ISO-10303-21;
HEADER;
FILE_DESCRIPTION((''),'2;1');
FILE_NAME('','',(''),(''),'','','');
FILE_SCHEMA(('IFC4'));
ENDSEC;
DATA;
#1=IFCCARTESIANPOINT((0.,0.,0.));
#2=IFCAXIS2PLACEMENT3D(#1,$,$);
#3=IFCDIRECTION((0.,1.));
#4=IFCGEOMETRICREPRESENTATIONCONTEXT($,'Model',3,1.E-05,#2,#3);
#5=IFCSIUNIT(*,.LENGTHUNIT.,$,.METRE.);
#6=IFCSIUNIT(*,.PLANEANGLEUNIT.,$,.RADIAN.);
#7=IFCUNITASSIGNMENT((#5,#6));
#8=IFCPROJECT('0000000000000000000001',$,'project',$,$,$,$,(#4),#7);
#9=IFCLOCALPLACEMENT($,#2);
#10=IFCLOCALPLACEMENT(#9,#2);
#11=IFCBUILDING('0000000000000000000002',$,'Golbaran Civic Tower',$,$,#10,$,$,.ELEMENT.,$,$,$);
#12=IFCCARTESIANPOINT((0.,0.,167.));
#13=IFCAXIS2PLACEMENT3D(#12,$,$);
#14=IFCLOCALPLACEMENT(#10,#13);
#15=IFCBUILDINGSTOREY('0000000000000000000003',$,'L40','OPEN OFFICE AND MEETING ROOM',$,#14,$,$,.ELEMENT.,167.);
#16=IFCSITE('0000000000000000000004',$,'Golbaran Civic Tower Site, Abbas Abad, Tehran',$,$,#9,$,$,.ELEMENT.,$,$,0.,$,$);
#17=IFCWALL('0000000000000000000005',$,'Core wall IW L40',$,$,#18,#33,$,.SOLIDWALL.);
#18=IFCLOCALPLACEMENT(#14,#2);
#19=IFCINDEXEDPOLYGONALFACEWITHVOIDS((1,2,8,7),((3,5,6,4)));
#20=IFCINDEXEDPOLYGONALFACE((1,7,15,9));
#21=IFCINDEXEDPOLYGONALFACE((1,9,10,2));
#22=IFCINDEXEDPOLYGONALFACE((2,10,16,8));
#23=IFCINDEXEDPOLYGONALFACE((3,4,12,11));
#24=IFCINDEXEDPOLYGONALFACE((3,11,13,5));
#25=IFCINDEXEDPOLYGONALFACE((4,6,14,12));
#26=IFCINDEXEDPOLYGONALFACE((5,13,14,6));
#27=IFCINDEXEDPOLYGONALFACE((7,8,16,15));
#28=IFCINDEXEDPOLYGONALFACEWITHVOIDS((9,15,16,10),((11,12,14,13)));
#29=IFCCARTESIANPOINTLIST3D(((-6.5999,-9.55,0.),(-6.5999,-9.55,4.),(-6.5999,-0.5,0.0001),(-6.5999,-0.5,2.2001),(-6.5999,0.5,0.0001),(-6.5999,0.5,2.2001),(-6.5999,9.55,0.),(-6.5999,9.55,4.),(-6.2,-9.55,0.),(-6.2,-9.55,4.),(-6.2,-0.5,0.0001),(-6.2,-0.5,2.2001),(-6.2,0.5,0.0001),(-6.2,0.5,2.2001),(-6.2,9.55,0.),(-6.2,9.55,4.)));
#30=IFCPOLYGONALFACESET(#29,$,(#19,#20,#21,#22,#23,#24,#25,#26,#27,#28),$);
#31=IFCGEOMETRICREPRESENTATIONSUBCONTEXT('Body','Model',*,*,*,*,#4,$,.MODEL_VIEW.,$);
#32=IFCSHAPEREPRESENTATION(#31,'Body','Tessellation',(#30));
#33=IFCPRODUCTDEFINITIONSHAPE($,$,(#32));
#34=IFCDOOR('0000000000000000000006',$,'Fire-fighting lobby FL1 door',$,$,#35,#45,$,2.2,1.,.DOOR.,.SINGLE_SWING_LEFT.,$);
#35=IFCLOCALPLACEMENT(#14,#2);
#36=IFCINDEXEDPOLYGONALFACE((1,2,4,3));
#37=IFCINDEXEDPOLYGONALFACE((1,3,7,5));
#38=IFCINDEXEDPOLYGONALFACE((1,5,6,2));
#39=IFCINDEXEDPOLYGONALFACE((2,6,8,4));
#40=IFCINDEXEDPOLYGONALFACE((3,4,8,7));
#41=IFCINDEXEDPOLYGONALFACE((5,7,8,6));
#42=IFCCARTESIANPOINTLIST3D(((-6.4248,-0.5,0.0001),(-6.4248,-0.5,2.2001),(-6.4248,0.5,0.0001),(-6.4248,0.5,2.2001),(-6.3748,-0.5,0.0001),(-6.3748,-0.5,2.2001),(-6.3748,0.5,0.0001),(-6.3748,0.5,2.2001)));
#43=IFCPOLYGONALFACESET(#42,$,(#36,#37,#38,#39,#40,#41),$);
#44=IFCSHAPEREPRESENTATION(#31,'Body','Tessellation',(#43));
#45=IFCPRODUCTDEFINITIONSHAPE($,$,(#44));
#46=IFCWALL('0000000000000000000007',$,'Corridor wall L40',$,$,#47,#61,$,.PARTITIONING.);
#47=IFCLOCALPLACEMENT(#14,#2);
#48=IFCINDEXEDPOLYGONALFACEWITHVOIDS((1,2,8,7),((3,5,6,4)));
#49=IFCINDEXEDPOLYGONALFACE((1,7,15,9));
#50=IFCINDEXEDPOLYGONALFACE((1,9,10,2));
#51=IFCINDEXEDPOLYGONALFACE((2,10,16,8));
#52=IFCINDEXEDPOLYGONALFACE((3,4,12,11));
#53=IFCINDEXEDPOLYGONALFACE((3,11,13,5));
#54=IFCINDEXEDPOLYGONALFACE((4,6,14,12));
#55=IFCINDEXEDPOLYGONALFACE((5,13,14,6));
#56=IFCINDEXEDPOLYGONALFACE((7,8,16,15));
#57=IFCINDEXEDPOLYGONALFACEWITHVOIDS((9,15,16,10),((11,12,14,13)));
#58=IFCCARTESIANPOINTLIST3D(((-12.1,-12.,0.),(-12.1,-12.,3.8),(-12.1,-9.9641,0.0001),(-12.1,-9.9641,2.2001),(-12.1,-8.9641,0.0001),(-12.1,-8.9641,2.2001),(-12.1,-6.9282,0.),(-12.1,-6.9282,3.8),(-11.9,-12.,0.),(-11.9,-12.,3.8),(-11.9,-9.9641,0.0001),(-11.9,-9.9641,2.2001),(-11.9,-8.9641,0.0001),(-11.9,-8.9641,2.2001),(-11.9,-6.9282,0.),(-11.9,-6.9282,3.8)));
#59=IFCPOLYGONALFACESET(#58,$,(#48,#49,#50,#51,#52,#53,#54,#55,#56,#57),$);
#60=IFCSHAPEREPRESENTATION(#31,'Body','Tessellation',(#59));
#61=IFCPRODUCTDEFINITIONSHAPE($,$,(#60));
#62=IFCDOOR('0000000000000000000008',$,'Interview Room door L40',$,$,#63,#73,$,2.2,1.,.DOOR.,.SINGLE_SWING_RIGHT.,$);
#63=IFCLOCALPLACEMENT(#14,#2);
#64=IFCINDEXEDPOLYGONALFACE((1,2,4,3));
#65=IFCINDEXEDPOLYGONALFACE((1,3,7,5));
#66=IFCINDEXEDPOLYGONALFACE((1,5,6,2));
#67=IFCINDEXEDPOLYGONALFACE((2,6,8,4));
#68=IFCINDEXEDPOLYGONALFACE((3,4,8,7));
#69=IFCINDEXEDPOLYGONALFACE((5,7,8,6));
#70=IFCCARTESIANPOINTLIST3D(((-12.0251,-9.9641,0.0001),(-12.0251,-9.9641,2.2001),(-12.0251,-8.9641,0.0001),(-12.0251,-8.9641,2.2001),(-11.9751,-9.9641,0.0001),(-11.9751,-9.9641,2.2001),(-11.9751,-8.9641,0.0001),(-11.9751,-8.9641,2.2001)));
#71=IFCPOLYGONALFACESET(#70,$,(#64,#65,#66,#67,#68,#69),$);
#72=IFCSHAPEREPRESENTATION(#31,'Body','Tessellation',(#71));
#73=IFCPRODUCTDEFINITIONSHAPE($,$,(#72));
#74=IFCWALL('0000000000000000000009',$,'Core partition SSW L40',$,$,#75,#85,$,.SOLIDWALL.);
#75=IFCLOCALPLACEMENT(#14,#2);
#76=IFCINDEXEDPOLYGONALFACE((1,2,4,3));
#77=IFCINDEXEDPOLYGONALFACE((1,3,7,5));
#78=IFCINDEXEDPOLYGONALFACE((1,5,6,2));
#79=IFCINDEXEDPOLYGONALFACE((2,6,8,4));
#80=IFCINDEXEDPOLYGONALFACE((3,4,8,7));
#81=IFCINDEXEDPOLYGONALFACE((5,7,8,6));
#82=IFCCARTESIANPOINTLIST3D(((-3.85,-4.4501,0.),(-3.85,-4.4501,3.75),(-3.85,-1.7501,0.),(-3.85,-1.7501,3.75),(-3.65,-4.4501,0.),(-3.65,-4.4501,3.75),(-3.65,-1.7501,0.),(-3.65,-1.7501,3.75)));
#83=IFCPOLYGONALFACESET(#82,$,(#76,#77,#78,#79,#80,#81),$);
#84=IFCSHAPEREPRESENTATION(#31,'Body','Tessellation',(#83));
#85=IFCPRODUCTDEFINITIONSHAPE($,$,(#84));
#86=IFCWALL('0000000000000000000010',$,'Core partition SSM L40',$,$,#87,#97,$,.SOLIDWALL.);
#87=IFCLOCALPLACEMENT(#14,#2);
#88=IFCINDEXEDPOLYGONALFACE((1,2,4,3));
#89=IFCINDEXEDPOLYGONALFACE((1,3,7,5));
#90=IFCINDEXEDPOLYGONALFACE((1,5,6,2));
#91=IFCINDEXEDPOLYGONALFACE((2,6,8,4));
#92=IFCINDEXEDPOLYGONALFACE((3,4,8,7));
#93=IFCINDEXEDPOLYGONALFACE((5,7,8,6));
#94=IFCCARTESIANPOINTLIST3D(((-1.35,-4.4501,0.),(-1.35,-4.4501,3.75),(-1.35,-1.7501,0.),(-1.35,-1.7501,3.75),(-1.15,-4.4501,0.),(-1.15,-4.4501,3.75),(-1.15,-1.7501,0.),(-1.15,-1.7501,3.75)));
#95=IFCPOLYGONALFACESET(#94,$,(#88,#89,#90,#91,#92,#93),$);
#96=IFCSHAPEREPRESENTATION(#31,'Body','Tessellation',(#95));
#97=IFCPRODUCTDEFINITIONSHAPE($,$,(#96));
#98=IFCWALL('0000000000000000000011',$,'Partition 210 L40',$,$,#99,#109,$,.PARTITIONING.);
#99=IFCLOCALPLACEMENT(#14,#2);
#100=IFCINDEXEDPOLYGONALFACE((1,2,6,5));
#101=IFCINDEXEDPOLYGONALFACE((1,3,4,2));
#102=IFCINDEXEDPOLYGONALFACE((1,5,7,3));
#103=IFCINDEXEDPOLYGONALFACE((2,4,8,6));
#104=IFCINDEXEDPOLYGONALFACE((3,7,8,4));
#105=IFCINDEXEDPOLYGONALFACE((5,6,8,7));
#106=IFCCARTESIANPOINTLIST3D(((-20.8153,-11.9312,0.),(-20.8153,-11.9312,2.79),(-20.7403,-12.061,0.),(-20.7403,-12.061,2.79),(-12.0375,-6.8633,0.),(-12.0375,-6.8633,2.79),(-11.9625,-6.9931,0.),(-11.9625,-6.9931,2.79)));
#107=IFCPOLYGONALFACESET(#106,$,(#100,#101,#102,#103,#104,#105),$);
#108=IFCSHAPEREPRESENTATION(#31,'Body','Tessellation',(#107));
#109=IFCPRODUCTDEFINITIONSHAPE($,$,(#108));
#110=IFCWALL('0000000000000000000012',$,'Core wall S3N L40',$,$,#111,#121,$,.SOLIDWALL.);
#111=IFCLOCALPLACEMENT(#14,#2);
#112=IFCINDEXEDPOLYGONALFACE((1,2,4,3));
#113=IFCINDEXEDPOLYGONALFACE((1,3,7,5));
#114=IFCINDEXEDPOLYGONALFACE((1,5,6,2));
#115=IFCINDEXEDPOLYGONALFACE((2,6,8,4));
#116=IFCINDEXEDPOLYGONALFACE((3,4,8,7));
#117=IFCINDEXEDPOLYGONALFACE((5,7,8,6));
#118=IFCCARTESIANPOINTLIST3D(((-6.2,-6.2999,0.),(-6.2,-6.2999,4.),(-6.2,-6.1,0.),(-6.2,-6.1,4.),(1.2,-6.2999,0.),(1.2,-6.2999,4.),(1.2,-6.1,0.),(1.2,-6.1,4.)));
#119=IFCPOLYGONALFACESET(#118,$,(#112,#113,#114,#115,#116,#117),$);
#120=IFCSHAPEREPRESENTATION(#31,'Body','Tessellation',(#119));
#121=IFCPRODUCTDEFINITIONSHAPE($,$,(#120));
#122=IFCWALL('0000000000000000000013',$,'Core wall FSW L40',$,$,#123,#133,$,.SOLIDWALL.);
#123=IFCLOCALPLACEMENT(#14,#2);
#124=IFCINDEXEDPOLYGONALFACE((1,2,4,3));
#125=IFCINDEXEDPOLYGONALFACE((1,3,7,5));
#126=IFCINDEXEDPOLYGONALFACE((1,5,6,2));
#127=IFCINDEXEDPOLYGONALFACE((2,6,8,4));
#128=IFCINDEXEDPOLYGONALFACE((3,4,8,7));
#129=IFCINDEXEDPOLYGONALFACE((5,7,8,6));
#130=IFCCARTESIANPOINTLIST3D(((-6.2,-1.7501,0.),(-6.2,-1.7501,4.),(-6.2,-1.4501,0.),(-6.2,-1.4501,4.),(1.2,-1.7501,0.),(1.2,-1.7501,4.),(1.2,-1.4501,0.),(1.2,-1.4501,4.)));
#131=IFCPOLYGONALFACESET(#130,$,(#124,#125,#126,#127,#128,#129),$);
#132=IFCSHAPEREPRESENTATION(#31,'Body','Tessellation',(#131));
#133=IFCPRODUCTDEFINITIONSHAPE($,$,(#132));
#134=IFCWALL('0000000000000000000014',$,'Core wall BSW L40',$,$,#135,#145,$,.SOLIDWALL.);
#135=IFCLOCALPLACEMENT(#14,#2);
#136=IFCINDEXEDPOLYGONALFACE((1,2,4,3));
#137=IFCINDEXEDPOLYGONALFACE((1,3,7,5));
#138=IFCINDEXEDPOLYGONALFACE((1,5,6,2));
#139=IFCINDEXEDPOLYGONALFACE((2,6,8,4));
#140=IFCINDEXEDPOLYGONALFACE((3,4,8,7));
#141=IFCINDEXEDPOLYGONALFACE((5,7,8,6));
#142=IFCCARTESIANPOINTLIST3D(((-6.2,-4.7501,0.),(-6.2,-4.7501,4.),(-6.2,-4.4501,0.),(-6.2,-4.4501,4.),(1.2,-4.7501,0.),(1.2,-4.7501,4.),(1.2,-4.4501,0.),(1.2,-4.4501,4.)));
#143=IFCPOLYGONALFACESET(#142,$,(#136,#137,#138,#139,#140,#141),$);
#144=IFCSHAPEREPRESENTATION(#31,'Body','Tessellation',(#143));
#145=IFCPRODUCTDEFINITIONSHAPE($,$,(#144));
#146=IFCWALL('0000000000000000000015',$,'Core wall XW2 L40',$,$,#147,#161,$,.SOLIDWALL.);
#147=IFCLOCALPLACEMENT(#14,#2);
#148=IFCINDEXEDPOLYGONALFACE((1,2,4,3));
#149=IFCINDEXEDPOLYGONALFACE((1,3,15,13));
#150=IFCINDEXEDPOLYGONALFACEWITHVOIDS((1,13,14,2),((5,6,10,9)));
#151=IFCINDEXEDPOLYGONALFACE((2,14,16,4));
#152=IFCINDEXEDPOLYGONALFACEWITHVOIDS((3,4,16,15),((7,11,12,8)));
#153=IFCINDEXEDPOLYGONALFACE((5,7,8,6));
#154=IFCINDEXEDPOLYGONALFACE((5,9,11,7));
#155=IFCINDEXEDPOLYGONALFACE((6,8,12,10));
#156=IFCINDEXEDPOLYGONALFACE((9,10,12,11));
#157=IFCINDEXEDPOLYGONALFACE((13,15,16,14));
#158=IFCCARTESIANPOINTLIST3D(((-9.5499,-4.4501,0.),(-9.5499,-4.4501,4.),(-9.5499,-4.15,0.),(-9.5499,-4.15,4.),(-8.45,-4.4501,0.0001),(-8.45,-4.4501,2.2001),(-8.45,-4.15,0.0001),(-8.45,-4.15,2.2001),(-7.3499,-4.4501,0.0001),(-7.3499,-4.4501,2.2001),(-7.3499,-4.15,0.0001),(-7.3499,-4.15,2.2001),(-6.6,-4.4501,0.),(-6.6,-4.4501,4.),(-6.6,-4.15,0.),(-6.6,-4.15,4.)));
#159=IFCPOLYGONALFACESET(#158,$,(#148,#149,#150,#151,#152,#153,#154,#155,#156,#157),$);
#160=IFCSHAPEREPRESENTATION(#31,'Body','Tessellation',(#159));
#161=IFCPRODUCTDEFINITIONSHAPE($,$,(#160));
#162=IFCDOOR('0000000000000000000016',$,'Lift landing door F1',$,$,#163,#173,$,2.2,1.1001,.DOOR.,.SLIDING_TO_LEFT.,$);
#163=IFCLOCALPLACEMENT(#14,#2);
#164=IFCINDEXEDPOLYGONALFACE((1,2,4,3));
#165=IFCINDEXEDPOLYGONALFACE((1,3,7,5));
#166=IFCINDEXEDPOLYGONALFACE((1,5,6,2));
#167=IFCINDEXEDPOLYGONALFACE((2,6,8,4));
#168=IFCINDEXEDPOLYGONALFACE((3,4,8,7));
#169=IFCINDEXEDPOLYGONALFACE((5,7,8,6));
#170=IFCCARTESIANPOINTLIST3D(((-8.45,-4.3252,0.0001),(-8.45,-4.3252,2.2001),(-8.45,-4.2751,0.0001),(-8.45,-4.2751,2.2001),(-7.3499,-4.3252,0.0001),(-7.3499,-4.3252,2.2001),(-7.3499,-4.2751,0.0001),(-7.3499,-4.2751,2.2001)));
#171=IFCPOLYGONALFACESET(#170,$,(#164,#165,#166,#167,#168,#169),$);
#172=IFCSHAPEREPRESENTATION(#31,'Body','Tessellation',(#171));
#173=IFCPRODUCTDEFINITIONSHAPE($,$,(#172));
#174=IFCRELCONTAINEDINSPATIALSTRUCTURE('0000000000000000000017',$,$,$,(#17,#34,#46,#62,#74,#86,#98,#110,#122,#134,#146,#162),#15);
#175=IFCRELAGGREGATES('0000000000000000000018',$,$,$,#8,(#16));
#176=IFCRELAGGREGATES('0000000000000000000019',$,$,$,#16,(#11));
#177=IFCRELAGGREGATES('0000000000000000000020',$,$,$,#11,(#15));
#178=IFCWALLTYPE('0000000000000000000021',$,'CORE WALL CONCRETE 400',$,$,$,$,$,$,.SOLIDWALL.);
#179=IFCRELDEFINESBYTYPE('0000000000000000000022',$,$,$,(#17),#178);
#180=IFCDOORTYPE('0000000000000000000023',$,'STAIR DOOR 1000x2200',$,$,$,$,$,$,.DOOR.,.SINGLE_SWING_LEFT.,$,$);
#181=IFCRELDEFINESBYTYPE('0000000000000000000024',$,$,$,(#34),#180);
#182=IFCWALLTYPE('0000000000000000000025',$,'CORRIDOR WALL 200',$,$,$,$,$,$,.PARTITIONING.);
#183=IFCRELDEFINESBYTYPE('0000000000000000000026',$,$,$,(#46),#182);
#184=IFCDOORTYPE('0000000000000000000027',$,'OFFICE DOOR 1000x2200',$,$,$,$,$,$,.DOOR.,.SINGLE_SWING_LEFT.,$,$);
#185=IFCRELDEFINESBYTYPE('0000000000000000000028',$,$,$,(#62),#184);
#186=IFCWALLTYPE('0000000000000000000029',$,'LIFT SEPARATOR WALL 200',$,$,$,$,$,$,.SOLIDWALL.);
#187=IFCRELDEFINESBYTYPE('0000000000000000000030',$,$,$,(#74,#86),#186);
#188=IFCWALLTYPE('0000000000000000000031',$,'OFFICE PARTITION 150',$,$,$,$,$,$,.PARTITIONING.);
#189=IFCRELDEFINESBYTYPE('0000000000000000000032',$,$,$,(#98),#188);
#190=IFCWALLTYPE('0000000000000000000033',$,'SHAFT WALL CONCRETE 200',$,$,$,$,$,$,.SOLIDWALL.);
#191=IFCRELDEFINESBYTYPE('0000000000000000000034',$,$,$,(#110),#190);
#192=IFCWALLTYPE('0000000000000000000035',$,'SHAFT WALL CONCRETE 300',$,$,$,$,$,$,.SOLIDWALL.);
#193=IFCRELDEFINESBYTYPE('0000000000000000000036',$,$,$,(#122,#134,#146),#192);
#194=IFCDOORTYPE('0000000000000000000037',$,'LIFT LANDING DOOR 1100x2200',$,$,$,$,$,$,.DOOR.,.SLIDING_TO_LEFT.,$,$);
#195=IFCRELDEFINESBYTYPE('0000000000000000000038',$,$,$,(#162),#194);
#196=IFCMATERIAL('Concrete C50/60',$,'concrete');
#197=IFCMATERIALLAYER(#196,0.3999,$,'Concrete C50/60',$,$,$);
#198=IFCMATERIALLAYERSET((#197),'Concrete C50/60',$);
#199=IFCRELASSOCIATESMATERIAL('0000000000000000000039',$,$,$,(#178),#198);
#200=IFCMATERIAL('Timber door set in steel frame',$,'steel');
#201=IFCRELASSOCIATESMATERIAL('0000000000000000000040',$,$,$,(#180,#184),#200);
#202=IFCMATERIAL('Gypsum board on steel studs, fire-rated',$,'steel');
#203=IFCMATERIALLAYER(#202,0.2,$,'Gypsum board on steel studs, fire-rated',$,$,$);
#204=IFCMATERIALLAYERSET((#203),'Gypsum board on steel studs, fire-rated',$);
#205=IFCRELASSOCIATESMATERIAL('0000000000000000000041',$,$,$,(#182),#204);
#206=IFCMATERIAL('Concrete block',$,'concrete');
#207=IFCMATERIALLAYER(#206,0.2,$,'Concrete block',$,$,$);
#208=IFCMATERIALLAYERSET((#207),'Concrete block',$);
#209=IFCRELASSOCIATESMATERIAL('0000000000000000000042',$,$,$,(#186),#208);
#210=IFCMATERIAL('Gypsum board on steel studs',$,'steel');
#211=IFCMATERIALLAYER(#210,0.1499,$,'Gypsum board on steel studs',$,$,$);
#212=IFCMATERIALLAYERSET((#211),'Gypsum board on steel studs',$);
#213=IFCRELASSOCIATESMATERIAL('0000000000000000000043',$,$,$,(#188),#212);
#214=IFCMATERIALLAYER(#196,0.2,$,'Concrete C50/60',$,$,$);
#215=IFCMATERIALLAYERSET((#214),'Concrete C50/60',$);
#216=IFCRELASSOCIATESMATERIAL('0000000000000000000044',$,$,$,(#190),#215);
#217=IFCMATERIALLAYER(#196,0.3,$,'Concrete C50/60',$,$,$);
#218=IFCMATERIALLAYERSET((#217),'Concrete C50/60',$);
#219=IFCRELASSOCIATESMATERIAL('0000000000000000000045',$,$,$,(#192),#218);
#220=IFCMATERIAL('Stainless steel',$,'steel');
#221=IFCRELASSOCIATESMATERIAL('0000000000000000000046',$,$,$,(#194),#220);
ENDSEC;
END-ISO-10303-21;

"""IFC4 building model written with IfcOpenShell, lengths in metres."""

from ifc_helpers import new_model, si_unit, direction, frame, frame_2d, origin, place, context, subcontext, project, spatial, rectangle, extrude, material, layer, layer_set, type_object, element, fill, save


model = new_model("IFC4")

# Units and contexts
model_context = context("Model", 3, precision=1e-05, world=origin(), true_north=direction((0.0, 1.0)))
body_context = subcontext(model_context, "Body", "Model", "MODEL_VIEW")
ifc_project = project(units=[si_unit("LENGTHUNIT", "METRE"), si_unit("PLANEANGLEUNIT", "RADIAN")], contexts=[model_context])

# Site, building, storey
site_placement = place(None, origin())
site = spatial("IfcSite", under=ifc_project, at=site_placement, Name="Golbaran Civic Tower Site, Abbas Abad, Tehran", CompositionType="ELEMENT", RefElevation=0.0)
building_placement = place(site_placement, origin())
building = spatial("IfcBuilding", under=site, at=building_placement, Name="Golbaran Civic Tower", CompositionType="ELEMENT")
storey_placement = place(building_placement, frame((0.0, 0.0, 167.0)))
storey = spatial("IfcBuildingStorey", under=building, at=storey_placement, Name="L40", Description="OPEN OFFICE AND MEETING ROOM", CompositionType="ELEMENT", Elevation=167.0)

# Walls, openings, doors
ifc_material_1 = material(Name="Concrete C50/60", Category="concrete")
ifc_layer_1 = layer(ifc_material_1, 0.3999, Name="Concrete C50/60")
ifc_layer_set_1 = layer_set([ifc_layer_1], Name="Concrete C50/60")
wall_type_1 = type_object("IfcWallType", Name="CORE WALL CONCRETE 400", PredefinedType="SOLIDWALL", material=ifc_layer_set_1)
wall_1_placement = place(storey_placement, frame((-6.3999, -9.55, 0.0), z_axis=(0.0, 0.0, 1.0), x_axis=(0.0, 1.0, 0.0)))
wall_1 = element("IfcWall", 1, at=wall_1_placement, inside=storey, type_object=wall_type_1, Name="Core wall IW L40", PredefinedType="SOLIDWALL", context=body_context, shape_type="SweptSolid", body=[
    extrude(rectangle(XDim=19.1001, YDim=0.3999, at=frame_2d((9.55, 0.0))), origin(), (0.0, 0.0, 1.0), 4.0),
])
opening_1_placement = place(wall_1_placement, frame((9.05, 0.0, 0.0)))
opening_1 = element("IfcOpeningElement", 2, at=opening_1_placement, cuts=wall_1, PredefinedType="OPENING", context=body_context, shape_type="SweptSolid", body=[
    extrude(rectangle(XDim=1.0, YDim=2.2, at=frame_2d((0.5, 1.1001))), frame((0.0, 0.21, 0.0), z_axis=(0.0, -1.0, 0.0), x_axis=(1.0, 0.0, 0.0)), (0.0, 0.0, 1.0), 0.4199),
])
ifc_material_2 = material(Name="Timber door set in steel frame", Category="steel")
door_type_1 = type_object("IfcDoorType", Name="STAIR DOOR 1000x2200", OperationType="SINGLE_SWING_LEFT", PredefinedType="DOOR", material=ifc_material_2)
door_1_placement = place(opening_1_placement, origin())
door_1 = element("IfcDoor", 3, at=door_1_placement, inside=storey, type_object=door_type_1, Name="Fire-fighting lobby FL1 door", OperationType="SINGLE_SWING_LEFT", OverallHeight=2.2, OverallWidth=1.0, PredefinedType="DOOR", context=body_context, shape_type="SweptSolid", body=[
    extrude(rectangle(XDim=1.0, YDim=2.2, at=frame_2d((0.5, 1.1001))), frame((0.0, 0.0249, 0.0), z_axis=(0.0, -1.0, 0.0), x_axis=(1.0, 0.0, 0.0)), (0.0, 0.0, 1.0), 0.05),
])
fill(opening_1, door_1)
ifc_material_3 = material(Name="Gypsum board on steel studs, fire-rated", Category="steel")
ifc_layer_2 = layer(ifc_material_3, 0.2, Name="Gypsum board on steel studs, fire-rated")
ifc_layer_set_2 = layer_set([ifc_layer_2], Name="Gypsum board on steel studs, fire-rated")
wall_type_2 = type_object("IfcWallType", Name="CORRIDOR WALL 200", PredefinedType="PARTITIONING", material=ifc_layer_set_2)
wall_2_placement = place(storey_placement, frame((-12.0, -6.9282, 0.0), z_axis=(0.0, 0.0, 1.0), x_axis=(0.0, -1.0, 0.0)))
wall_2 = element("IfcWall", 4, at=wall_2_placement, inside=storey, type_object=wall_type_2, Name="Corridor wall L40", PredefinedType="PARTITIONING", context=body_context, shape_type="SweptSolid", body=[
    extrude(rectangle(XDim=5.0718, YDim=0.2, at=frame_2d((2.5359, 0.0))), origin(), (0.0, 0.0, 1.0), 3.8),
])
opening_2_placement = place(wall_2_placement, frame((2.0359, 0.0, 0.0)))
opening_2 = element("IfcOpeningElement", 5, at=opening_2_placement, cuts=wall_2, PredefinedType="OPENING", context=body_context, shape_type="SweptSolid", body=[
    extrude(rectangle(XDim=1.0, YDim=2.2, at=frame_2d((0.5, 1.1001))), frame((0.0, 0.1099, 0.0), z_axis=(0.0, -1.0, 0.0), x_axis=(1.0, 0.0, 0.0)), (0.0, 0.0, 1.0), 0.22),
])
door_type_2 = type_object("IfcDoorType", Name="OFFICE DOOR 1000x2200", OperationType="SINGLE_SWING_LEFT", PredefinedType="DOOR", material=ifc_material_2)
door_2_placement = place(opening_2_placement, origin())
door_2 = element("IfcDoor", 6, at=door_2_placement, inside=storey, type_object=door_type_2, Name="Interview Room door L40", OperationType="SINGLE_SWING_RIGHT", OverallHeight=2.2, OverallWidth=1.0, PredefinedType="DOOR", context=body_context, shape_type="SweptSolid", body=[
    extrude(rectangle(XDim=1.0, YDim=2.2, at=frame_2d((0.5, 1.1001))), frame((0.0, 0.0249, 0.0), z_axis=(0.0, -1.0, 0.0), x_axis=(1.0, 0.0, 0.0)), (0.0, 0.0, 1.0), 0.05),
])
fill(opening_2, door_2)

# Walls
ifc_material_4 = material(Name="Concrete block", Category="concrete")
ifc_layer_3 = layer(ifc_material_4, 0.2, Name="Concrete block")
ifc_layer_set_3 = layer_set([ifc_layer_3], Name="Concrete block")
wall_type_3 = type_object("IfcWallType", Name="LIFT SEPARATOR WALL 200", PredefinedType="SOLIDWALL", material=ifc_layer_set_3)
for number, where, z_axis, x_axis, name in (
    (7, (-3.75, -1.75, 0.0), (0.0, 0.0, 1.0), (0.0, -1.0, 0.0), "Core partition SSW L40"),
    (8, (-1.25, -1.75, 0.0), (0.0, 0.0, 1.0), (0.0, -1.0, 0.0), "Core partition SSM L40"),
):
    element("IfcWall", number, at=place(storey_placement, frame(where, z_axis=z_axis, x_axis=x_axis)), inside=storey, type_object=wall_type_3, Name=name, PredefinedType="SOLIDWALL", context=body_context, shape_type="SweptSolid", body=[
        extrude(rectangle(XDim=2.7, YDim=0.2, at=frame_2d((1.3501, 0.0))), origin(), (0.0, 0.0, 1.0), 3.75),
    ])
ifc_material_5 = material(Name="Gypsum board on steel studs", Category="steel")
ifc_layer_4 = layer(ifc_material_5, 0.1499, Name="Gypsum board on steel studs")
ifc_layer_set_4 = layer_set([ifc_layer_4], Name="Gypsum board on steel studs")
wall_type_4 = type_object("IfcWallType", Name="OFFICE PARTITION 150", PredefinedType="PARTITIONING", material=ifc_layer_set_4)
wall_3_placement = place(storey_placement, frame((-12.0, -6.9282, 0.0), z_axis=(0.0, 0.0, 1.0), x_axis=(-0.866026, -0.499999, 0.0)))
element("IfcWall", 9, at=wall_3_placement, inside=storey, type_object=wall_type_4, Name="Partition 210 L40", PredefinedType="PARTITIONING", context=body_context, shape_type="SweptSolid", body=[
    extrude(rectangle(XDim=10.1357, YDim=0.1499, at=frame_2d((5.0679, 0.0))), origin(), (0.0, 0.0, 1.0), 2.79),
])
ifc_layer_5 = layer(ifc_material_1, 0.2, Name="Concrete C50/60")
ifc_layer_set_5 = layer_set([ifc_layer_5], Name="Concrete C50/60")
wall_type_5 = type_object("IfcWallType", Name="SHAFT WALL CONCRETE 200", PredefinedType="SOLIDWALL", material=ifc_layer_set_5)
wall_4_placement = place(storey_placement, frame((-6.2, -6.2, 0.0), z_axis=(0.0, 0.0, 1.0), x_axis=(1.0, 0.0, 0.0)))
element("IfcWall", 10, at=wall_4_placement, inside=storey, type_object=wall_type_5, Name="Core wall S3N L40", PredefinedType="SOLIDWALL", context=body_context, shape_type="SweptSolid", body=[
    extrude(rectangle(XDim=7.3999, YDim=0.2, at=frame_2d((3.7, 0.0))), origin(), (0.0, 0.0, 1.0), 4.0),
])
ifc_layer_6 = layer(ifc_material_1, 0.3, Name="Concrete C50/60")
ifc_layer_set_6 = layer_set([ifc_layer_6], Name="Concrete C50/60")
wall_type_6 = type_object("IfcWallType", Name="SHAFT WALL CONCRETE 300", PredefinedType="SOLIDWALL", material=ifc_layer_set_6)
for number, where, z_axis, x_axis, name in (
    (11, (-6.2, -1.6001, 0.0), (0.0, 0.0, 1.0), (1.0, 0.0, 0.0), "Core wall FSW L40"),
    (12, (-6.2, -4.6001, 0.0), (0.0, 0.0, 1.0), (1.0, 0.0, 0.0), "Core wall BSW L40"),
):
    element("IfcWall", number, at=place(storey_placement, frame(where, z_axis=z_axis, x_axis=x_axis)), inside=storey, type_object=wall_type_6, Name=name, PredefinedType="SOLIDWALL", context=body_context, shape_type="SweptSolid", body=[
        extrude(rectangle(XDim=7.3999, YDim=0.3, at=frame_2d((3.7, 0.0))), origin(), (0.0, 0.0, 1.0), 4.0),
    ])

# Wall, opening, door
wall_5_placement = place(storey_placement, frame((-9.55, -4.3, 0.0), z_axis=(0.0, 0.0, 1.0), x_axis=(1.0, 0.0, 0.0)))
wall_5 = element("IfcWall", 13, at=wall_5_placement, inside=storey, type_object=wall_type_6, Name="Core wall XW2 L40", PredefinedType="SOLIDWALL", context=body_context, shape_type="SweptSolid", body=[
    extrude(rectangle(XDim=2.95, YDim=0.3, at=frame_2d((1.4751, 0.0))), origin(), (0.0, 0.0, 1.0), 4.0),
])
opening_3_placement = place(wall_5_placement, frame((1.1001, 0.0, 0.0)))
opening_3 = element("IfcOpeningElement", 14, at=opening_3_placement, cuts=wall_5, PredefinedType="OPENING", context=body_context, shape_type="SweptSolid", body=[
    extrude(rectangle(XDim=1.1001, YDim=2.2, at=frame_2d((0.55, 1.1001))), frame((0.0, 0.1599, 0.0), z_axis=(0.0, -1.0, 0.0), x_axis=(1.0, 0.0, 0.0)), (0.0, 0.0, 1.0), 0.3201),
])
ifc_material_6 = material(Name="Stainless steel", Category="steel")
door_type_3 = type_object("IfcDoorType", Name="LIFT LANDING DOOR 1100x2200", OperationType="SLIDING_TO_LEFT", PredefinedType="DOOR", material=ifc_material_6)
door_3_placement = place(opening_3_placement, origin())
door_3 = element("IfcDoor", 15, at=door_3_placement, inside=storey, type_object=door_type_3, Name="Lift landing door F1", OperationType="SLIDING_TO_LEFT", OverallHeight=2.2, OverallWidth=1.1001, PredefinedType="DOOR", context=body_context, shape_type="SweptSolid", body=[
    extrude(rectangle(XDim=1.1001, YDim=2.2, at=frame_2d((0.55, 1.1001))), frame((0.0, 0.0249, 0.0), z_axis=(0.0, -1.0, 0.0), x_axis=(1.0, 0.0, 0.0)), (0.0, 0.0, 1.0), 0.05),
])
fill(opening_3, door_3)

save(model, "model.ifc")
